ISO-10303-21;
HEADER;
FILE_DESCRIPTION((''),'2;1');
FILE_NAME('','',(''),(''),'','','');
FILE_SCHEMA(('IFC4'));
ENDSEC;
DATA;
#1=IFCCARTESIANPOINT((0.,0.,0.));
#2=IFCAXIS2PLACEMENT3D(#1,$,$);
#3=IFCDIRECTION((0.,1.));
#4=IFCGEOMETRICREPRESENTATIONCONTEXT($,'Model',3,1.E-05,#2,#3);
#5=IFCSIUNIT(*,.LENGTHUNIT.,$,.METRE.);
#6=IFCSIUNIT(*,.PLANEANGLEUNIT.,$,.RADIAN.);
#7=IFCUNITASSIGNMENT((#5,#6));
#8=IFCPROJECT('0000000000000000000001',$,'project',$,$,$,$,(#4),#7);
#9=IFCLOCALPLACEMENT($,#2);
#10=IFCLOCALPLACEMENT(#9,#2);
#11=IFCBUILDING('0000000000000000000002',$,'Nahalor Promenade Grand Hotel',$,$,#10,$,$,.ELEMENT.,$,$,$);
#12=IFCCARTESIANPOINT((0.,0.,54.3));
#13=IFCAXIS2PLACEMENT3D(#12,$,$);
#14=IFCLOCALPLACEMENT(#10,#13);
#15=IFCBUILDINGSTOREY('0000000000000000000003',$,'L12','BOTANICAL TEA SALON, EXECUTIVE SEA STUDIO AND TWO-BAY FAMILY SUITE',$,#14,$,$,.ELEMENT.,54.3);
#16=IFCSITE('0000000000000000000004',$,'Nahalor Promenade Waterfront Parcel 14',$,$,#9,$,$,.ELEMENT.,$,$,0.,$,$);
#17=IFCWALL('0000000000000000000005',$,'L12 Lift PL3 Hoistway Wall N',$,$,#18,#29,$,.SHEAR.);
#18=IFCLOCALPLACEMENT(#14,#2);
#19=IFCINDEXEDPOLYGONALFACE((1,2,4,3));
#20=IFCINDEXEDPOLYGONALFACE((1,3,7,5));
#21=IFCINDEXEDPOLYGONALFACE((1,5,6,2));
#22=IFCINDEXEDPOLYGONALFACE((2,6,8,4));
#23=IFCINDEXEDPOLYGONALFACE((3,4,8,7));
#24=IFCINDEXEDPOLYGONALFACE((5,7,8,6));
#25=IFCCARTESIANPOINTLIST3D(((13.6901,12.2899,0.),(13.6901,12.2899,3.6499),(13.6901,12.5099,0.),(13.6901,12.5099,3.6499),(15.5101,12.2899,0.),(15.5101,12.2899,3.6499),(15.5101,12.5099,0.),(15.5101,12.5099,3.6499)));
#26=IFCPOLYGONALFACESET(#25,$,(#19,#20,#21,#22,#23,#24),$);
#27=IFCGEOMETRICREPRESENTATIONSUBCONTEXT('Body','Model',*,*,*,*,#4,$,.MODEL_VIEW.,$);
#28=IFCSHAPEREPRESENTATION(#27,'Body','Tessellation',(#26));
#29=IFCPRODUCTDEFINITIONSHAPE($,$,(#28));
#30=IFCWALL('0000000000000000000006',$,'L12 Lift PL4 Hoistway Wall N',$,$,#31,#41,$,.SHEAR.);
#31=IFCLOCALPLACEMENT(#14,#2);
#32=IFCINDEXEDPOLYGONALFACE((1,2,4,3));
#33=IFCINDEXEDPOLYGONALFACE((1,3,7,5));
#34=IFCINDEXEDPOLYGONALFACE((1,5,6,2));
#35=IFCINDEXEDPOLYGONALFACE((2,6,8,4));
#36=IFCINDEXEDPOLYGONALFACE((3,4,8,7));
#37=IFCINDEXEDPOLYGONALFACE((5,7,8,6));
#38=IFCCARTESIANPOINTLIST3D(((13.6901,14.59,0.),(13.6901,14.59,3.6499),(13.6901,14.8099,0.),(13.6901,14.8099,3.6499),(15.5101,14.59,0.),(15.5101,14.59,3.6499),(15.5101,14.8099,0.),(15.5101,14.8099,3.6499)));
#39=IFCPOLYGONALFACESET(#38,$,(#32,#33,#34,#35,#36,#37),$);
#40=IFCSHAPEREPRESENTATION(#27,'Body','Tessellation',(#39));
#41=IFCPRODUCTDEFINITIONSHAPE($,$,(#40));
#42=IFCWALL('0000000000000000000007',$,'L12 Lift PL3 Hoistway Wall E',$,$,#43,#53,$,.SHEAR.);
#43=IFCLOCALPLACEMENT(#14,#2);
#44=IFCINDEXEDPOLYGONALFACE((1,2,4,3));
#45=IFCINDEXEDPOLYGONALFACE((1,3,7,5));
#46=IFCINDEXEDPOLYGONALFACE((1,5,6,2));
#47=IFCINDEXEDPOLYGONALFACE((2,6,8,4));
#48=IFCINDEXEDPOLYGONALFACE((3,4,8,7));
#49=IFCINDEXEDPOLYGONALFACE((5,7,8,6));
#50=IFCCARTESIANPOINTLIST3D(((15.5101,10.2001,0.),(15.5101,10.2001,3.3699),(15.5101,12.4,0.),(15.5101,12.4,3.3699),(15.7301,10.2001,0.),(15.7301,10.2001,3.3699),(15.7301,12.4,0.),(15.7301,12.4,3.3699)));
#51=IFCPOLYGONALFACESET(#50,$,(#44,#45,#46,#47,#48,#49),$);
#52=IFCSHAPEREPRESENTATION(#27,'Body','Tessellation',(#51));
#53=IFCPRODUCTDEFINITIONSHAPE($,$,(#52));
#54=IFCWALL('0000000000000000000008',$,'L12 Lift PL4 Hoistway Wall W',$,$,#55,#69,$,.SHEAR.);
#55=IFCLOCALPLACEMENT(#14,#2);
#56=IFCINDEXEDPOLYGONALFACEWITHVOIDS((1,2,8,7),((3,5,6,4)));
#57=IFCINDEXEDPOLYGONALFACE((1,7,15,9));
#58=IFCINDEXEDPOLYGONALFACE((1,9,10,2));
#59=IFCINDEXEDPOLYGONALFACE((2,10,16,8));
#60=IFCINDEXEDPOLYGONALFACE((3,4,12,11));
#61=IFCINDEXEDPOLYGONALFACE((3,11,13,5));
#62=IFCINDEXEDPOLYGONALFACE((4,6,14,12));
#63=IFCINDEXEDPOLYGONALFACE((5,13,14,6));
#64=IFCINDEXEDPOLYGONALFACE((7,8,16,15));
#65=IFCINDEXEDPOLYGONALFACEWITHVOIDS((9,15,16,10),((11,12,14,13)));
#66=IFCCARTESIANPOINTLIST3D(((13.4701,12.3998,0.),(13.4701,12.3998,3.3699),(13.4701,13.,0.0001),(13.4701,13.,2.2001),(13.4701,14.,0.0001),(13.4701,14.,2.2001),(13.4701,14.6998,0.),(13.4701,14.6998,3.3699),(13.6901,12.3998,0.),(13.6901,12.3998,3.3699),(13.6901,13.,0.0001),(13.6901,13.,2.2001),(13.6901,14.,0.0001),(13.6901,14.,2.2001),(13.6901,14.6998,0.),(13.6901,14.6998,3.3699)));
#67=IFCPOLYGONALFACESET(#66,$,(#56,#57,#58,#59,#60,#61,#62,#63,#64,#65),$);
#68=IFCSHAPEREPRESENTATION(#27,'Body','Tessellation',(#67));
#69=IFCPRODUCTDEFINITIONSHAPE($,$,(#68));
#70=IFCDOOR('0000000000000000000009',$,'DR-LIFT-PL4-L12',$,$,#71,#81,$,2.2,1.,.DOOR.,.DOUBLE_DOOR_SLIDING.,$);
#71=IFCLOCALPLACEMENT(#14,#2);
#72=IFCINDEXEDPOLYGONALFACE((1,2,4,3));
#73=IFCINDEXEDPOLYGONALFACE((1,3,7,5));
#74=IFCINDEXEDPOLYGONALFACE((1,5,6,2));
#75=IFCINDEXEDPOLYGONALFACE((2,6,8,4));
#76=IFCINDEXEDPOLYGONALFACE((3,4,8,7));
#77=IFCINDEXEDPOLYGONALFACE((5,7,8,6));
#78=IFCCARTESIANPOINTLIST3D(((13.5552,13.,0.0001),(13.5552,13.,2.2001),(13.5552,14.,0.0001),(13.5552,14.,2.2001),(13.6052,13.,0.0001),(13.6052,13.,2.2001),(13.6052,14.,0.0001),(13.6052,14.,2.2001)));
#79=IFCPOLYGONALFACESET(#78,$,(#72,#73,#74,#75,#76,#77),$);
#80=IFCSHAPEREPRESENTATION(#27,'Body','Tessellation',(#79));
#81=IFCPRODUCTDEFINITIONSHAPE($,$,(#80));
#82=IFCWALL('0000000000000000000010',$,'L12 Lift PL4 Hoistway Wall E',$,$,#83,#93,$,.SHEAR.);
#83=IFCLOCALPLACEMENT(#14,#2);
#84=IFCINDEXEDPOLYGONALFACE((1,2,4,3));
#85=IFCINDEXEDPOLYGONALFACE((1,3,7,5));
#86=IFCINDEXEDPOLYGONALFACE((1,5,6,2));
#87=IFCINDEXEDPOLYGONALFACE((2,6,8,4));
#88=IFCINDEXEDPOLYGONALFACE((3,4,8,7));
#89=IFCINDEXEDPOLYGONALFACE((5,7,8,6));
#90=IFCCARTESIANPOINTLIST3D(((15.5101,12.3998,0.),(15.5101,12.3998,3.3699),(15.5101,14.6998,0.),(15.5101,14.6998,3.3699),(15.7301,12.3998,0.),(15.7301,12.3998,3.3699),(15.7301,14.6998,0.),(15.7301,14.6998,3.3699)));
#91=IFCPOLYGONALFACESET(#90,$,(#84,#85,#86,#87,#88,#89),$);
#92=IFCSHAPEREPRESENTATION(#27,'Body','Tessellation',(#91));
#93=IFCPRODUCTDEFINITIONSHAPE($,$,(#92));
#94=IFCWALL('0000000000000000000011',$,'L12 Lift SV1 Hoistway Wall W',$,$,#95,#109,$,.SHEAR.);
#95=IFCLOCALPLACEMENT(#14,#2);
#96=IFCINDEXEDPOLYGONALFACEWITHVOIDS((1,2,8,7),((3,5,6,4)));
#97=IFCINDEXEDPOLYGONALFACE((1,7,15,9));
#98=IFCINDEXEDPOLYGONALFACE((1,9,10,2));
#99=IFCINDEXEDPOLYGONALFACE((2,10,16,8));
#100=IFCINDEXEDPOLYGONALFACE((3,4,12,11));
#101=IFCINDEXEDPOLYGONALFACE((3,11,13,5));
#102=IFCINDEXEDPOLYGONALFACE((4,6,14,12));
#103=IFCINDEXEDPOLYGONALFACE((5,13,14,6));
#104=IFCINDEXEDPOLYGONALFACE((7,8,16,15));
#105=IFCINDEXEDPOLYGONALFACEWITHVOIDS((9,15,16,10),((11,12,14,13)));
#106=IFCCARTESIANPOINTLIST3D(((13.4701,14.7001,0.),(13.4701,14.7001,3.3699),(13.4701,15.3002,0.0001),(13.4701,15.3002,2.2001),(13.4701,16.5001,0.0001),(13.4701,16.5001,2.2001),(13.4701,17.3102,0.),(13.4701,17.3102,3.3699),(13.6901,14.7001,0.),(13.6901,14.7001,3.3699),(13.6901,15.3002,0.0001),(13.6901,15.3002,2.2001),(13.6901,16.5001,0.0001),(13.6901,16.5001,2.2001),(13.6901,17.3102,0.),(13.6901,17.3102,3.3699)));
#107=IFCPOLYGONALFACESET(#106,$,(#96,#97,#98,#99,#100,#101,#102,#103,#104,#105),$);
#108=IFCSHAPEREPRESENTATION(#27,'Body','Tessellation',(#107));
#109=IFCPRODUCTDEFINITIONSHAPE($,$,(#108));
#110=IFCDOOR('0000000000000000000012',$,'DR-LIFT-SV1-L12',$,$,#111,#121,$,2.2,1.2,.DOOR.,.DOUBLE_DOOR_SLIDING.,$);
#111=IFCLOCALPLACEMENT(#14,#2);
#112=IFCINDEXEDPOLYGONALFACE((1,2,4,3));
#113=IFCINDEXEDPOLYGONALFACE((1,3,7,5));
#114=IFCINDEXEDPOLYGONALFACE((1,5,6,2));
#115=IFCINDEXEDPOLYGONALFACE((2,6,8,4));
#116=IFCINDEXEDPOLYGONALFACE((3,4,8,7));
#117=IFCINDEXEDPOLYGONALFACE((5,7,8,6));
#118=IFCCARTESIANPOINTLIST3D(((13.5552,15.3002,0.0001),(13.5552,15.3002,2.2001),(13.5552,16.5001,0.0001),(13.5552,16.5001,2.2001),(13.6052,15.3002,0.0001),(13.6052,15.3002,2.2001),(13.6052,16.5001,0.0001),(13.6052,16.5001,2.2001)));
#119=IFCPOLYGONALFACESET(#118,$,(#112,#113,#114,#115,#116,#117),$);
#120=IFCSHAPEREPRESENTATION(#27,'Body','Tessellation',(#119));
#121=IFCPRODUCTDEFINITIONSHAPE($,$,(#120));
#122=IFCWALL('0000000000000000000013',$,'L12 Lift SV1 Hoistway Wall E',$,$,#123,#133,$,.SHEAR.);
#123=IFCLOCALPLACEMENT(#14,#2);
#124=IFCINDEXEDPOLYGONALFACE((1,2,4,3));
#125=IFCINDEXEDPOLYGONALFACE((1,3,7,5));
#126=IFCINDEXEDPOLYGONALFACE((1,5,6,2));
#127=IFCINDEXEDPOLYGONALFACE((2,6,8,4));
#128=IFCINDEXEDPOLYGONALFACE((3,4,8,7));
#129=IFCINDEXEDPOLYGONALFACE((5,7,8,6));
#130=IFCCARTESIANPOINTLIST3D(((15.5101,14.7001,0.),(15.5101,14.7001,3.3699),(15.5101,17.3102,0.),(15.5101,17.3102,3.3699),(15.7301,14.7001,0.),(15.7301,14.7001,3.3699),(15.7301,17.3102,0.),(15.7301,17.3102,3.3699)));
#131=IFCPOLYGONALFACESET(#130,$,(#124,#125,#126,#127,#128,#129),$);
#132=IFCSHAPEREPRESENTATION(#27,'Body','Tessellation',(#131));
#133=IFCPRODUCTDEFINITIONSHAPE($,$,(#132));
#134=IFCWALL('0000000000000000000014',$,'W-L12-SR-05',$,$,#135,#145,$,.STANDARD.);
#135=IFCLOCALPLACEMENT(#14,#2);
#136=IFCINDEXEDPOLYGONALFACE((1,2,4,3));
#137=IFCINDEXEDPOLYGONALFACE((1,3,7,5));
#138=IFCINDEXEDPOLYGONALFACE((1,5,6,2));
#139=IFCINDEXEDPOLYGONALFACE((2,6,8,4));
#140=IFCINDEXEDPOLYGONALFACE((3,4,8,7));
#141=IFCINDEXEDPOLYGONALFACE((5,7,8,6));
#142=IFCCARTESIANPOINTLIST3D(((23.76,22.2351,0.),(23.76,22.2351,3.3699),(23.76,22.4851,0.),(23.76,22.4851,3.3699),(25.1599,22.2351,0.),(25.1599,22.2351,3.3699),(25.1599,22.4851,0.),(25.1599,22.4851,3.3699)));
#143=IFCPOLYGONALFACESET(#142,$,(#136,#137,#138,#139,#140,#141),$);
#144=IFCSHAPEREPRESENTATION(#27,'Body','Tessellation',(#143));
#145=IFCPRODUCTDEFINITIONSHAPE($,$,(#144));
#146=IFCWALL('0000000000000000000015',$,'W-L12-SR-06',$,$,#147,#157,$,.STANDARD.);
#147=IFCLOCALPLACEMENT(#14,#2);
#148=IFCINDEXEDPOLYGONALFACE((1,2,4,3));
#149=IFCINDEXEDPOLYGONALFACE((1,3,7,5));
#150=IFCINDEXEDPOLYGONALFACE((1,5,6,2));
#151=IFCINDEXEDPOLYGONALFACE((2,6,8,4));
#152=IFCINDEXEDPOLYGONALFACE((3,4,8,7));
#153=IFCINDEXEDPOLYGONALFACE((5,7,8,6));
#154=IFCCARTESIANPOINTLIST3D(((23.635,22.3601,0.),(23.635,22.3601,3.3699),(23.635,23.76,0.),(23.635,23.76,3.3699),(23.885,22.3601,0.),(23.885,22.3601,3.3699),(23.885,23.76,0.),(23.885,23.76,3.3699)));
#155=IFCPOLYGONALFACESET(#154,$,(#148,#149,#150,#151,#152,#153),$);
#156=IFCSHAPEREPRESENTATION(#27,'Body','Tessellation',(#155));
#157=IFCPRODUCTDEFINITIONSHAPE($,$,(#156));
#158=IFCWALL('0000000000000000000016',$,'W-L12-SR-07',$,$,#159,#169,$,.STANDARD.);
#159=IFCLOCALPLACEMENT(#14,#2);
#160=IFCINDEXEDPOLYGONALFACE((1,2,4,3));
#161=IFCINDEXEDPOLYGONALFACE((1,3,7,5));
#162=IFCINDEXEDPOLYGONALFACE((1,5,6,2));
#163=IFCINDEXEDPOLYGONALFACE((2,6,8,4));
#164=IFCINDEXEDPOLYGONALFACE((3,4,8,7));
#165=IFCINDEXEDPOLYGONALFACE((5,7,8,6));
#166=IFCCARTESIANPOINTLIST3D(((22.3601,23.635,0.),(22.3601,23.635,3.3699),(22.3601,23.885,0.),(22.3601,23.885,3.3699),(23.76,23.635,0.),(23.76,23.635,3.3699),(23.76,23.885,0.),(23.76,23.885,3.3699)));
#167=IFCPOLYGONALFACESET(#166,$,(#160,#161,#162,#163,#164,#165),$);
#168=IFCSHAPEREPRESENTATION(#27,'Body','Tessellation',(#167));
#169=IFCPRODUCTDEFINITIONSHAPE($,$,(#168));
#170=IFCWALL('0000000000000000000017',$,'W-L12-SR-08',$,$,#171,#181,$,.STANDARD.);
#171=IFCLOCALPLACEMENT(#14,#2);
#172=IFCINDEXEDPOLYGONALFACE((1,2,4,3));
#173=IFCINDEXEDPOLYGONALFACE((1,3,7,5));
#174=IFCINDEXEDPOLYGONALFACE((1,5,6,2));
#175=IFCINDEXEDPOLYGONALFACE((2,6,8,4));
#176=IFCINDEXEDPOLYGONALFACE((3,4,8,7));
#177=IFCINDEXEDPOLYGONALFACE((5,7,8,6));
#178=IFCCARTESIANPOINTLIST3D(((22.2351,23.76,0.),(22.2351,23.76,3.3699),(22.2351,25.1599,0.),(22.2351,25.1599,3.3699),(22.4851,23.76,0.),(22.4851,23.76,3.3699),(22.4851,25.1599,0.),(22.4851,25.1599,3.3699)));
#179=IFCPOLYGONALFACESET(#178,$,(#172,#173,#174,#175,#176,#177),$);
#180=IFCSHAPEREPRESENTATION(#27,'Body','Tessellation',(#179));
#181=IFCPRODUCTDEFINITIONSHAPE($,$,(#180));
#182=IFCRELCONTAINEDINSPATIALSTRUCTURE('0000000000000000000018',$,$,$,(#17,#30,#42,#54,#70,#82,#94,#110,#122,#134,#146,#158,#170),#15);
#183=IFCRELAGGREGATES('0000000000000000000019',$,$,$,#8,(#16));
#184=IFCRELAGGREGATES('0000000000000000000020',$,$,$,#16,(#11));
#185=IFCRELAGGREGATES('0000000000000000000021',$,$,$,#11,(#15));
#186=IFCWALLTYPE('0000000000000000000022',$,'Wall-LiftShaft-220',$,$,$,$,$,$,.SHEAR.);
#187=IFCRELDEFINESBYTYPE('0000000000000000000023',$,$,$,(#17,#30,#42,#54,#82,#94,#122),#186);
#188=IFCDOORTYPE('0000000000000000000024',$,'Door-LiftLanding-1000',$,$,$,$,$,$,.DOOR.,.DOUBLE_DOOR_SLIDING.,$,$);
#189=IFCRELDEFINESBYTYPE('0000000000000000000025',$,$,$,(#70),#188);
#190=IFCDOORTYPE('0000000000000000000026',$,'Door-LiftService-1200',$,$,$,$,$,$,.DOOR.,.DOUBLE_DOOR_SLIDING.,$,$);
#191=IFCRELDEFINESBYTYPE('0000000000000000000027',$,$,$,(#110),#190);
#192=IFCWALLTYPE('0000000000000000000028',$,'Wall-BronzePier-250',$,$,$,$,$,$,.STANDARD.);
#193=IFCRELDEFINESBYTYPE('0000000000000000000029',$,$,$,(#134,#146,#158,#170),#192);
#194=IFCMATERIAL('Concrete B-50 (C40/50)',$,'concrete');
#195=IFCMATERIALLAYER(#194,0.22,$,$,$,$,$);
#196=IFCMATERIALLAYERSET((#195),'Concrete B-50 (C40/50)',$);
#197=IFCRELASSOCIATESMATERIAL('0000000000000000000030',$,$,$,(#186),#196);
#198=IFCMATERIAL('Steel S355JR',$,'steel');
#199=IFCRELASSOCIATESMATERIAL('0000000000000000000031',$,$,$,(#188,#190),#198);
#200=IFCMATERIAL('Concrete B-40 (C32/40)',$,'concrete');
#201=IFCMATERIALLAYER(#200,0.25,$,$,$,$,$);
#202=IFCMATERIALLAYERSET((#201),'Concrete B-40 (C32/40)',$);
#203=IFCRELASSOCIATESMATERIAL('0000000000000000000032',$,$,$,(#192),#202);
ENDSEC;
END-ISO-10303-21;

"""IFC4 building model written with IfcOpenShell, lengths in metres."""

from ifc_helpers import new_model, si_unit, direction, frame, frame_2d, origin, place, context, subcontext, project, spatial, rectangle, extrude, source, transform, mapped, material, layer, layer_set, type_object, element, fill, save


model = new_model("IFC4")

# Units and contexts
model_context = context("Model", 3, precision=1e-05, world=origin(), true_north=direction((0.0, 1.0)))
body_context = subcontext(model_context, "Body", "Model", "MODEL_VIEW")
ifc_project = project(units=[si_unit("LENGTHUNIT", "METRE"), si_unit("PLANEANGLEUNIT", "RADIAN")], contexts=[model_context])

# Site, building, storey
site_placement = place(None, origin())
site = spatial("IfcSite", under=ifc_project, at=site_placement, Name="Nahalor Promenade Waterfront Parcel 14", CompositionType="ELEMENT", RefElevation=0.0)
building_placement = place(site_placement, origin())
building = spatial("IfcBuilding", under=site, at=building_placement, Name="Nahalor Promenade Grand Hotel", CompositionType="ELEMENT")
storey_placement = place(building_placement, frame((0.0, 0.0, 54.3)))
storey = spatial("IfcBuildingStorey", under=building, at=storey_placement, Name="L12", Description="BOTANICAL TEA SALON, EXECUTIVE SEA STUDIO AND TWO-BAY FAMILY SUITE", CompositionType="ELEMENT", Elevation=54.3)

# Shared definitions
ifc_material_1 = material(Name="Steel S355JR", Category="steel")

# Walls
ifc_material_2 = material(Name="Concrete B-50 (C40/50)", Category="concrete")
ifc_layer_1 = layer(ifc_material_2, 0.22)
ifc_layer_set_1 = layer_set([ifc_layer_1], Name="Concrete B-50 (C40/50)")
wall_type_1 = type_object("IfcWallType", Name="Wall-LiftShaft-220", PredefinedType="SHEAR", material=ifc_layer_set_1)
shared_shape_1 = source(origin(), body_context, "Body", "SweptSolid", [
    extrude(rectangle(XDim=1.8201, YDim=0.22, at=frame_2d((0.9102, 0.0))), origin(), (0.0, 0.0, 1.0), 3.6499),
])
for number, where, z_axis, x_axis, name in (
    (1, (13.6899, 12.3999, 0.0), (0.0, 0.0, 1.0), (1.0, 0.0, 0.0), "L12 Lift PL3 Hoistway Wall N"),
    (2, (13.6899, 14.7, 0.0), (0.0, 0.0, 1.0), (1.0, 0.0, 0.0), "L12 Lift PL4 Hoistway Wall N"),
):
    element("IfcWall", number, at=place(storey_placement, frame(where, z_axis=z_axis, x_axis=x_axis)), inside=storey, type_object=wall_type_1, Name=name, PredefinedType="SHEAR", context=body_context, shape_type="MappedRepresentation", body=[
        mapped(shared_shape_1, transform((0.0, 0.0, 0.0), scale=1.0)),
    ])
shared_shape_2 = source(origin(), body_context, "Body", "SweptSolid", [
    extrude(rectangle(XDim=2.2, YDim=0.22, at=frame_2d((1.1001, 0.0))), origin(), (0.0, 0.0, 1.0), 3.3699),
])
wall_1_placement = place(storey_placement, frame((15.6201, 10.2, 0.0), z_axis=(0.0, 0.0, 1.0), x_axis=(0.0, 1.0, 0.0)))
element("IfcWall", 3, at=wall_1_placement, inside=storey, type_object=wall_type_1, Name="L12 Lift PL3 Hoistway Wall E", PredefinedType="SHEAR", context=body_context, shape_type="MappedRepresentation", body=[
    mapped(shared_shape_2, transform((0.0, 0.0, 0.0), scale=1.0)),
])

# Wall, opening, door
shared_shape_3 = source(origin(), body_context, "Body", "SweptSolid", [
    extrude(rectangle(XDim=2.3, YDim=0.22, at=frame_2d((1.1499, 0.0))), origin(), (0.0, 0.0, 1.0), 3.3699),
])
wall_2_placement = place(storey_placement, frame((13.5801, 12.3999, 0.0), z_axis=(0.0, 0.0, 1.0), x_axis=(0.0, 1.0, 0.0)))
wall_2 = element("IfcWall", 4, at=wall_2_placement, inside=storey, type_object=wall_type_1, Name="L12 Lift PL4 Hoistway Wall W", PredefinedType="SHEAR", context=body_context, shape_type="MappedRepresentation", body=[
    mapped(shared_shape_3, transform((0.0, 0.0, 0.0), scale=1.0)),
])
opening_1_placement = place(wall_2_placement, frame((0.6001, 0.0, 0.0)))
opening_1 = element("IfcOpeningElement", 5, at=opening_1_placement, cuts=wall_2, PredefinedType="OPENING", context=body_context, shape_type="SweptSolid", body=[
    extrude(rectangle(XDim=1.0, YDim=2.2, at=frame_2d((0.5, 1.1001))), frame((0.0, 0.1199, 0.0), z_axis=(0.0, -1.0, 0.0), x_axis=(1.0, 0.0, 0.0)), (0.0, 0.0, 1.0), 0.24),
])
door_type_1 = type_object("IfcDoorType", Name="Door-LiftLanding-1000", OperationType="DOUBLE_DOOR_SLIDING", PredefinedType="DOOR", material=ifc_material_1)
shared_shape_4 = source(origin(), body_context, "Body", "SweptSolid", [
    extrude(rectangle(XDim=1.0, YDim=2.2, at=frame_2d((0.5, 1.1001))), frame((0.0, 0.0249, 0.0), z_axis=(0.0, -1.0, 0.0), x_axis=(1.0, 0.0, 0.0)), (0.0, 0.0, 1.0), 0.05),
])
door_1_placement = place(opening_1_placement, origin())
door_1 = element("IfcDoor", 6, at=door_1_placement, inside=storey, type_object=door_type_1, Name="DR-LIFT-PL4-L12", OperationType="DOUBLE_DOOR_SLIDING", OverallHeight=2.2, OverallWidth=1.0, PredefinedType="DOOR", context=body_context, shape_type="MappedRepresentation", body=[
    mapped(shared_shape_4, transform((0.0, 0.0, 0.0), scale=1.0)),
])
fill(opening_1, door_1)

# Wall
wall_3_placement = place(storey_placement, frame((15.6201, 12.3999, 0.0), z_axis=(0.0, 0.0, 1.0), x_axis=(0.0, 1.0, 0.0)))
element("IfcWall", 7, at=wall_3_placement, inside=storey, type_object=wall_type_1, Name="L12 Lift PL4 Hoistway Wall E", PredefinedType="SHEAR", context=body_context, shape_type="MappedRepresentation", body=[
    mapped(shared_shape_3, transform((0.0, 0.0, 0.0), scale=1.0)),
])

# Wall, opening, door
shared_shape_5 = source(origin(), body_context, "Body", "SweptSolid", [
    extrude(rectangle(XDim=2.6101, YDim=0.22, at=frame_2d((1.3052, 0.0))), origin(), (0.0, 0.0, 1.0), 3.3699),
])
wall_4_placement = place(storey_placement, frame((13.5801, 14.7, 0.0), z_axis=(0.0, 0.0, 1.0), x_axis=(0.0, 1.0, 0.0)))
wall_4 = element("IfcWall", 8, at=wall_4_placement, inside=storey, type_object=wall_type_1, Name="L12 Lift SV1 Hoistway Wall W", PredefinedType="SHEAR", context=body_context, shape_type="MappedRepresentation", body=[
    mapped(shared_shape_5, transform((0.0, 0.0, 0.0), scale=1.0)),
])
opening_2_placement = place(wall_4_placement, frame((0.6001, 0.0, 0.0)))
opening_2 = element("IfcOpeningElement", 9, at=opening_2_placement, cuts=wall_4, PredefinedType="OPENING", context=body_context, shape_type="SweptSolid", body=[
    extrude(rectangle(XDim=1.2, YDim=2.2, at=frame_2d((0.6001, 1.1001))), frame((0.0, 0.1199, 0.0), z_axis=(0.0, -1.0, 0.0), x_axis=(1.0, 0.0, 0.0)), (0.0, 0.0, 1.0), 0.24),
])
door_type_2 = type_object("IfcDoorType", Name="Door-LiftService-1200", OperationType="DOUBLE_DOOR_SLIDING", PredefinedType="DOOR", material=ifc_material_1)
shared_shape_6 = source(origin(), body_context, "Body", "SweptSolid", [
    extrude(rectangle(XDim=1.2, YDim=2.2, at=frame_2d((0.6001, 1.1001))), frame((0.0, 0.0249, 0.0), z_axis=(0.0, -1.0, 0.0), x_axis=(1.0, 0.0, 0.0)), (0.0, 0.0, 1.0), 0.05),
])
door_2_placement = place(opening_2_placement, origin())
door_2 = element("IfcDoor", 10, at=door_2_placement, inside=storey, type_object=door_type_2, Name="DR-LIFT-SV1-L12", OperationType="DOUBLE_DOOR_SLIDING", OverallHeight=2.2, OverallWidth=1.2, PredefinedType="DOOR", context=body_context, shape_type="MappedRepresentation", body=[
    mapped(shared_shape_6, transform((0.0, 0.0, 0.0), scale=1.0)),
])
fill(opening_2, door_2)

# Walls
wall_5_placement = place(storey_placement, frame((15.6201, 14.7, 0.0), z_axis=(0.0, 0.0, 1.0), x_axis=(0.0, 1.0, 0.0)))
element("IfcWall", 11, at=wall_5_placement, inside=storey, type_object=wall_type_1, Name="L12 Lift SV1 Hoistway Wall E", PredefinedType="SHEAR", context=body_context, shape_type="MappedRepresentation", body=[
    mapped(shared_shape_5, transform((0.0, 0.0, 0.0), scale=1.0)),
])
ifc_material_3 = material(Name="Concrete B-40 (C32/40)", Category="concrete")
ifc_layer_2 = layer(ifc_material_3, 0.25)
ifc_layer_set_2 = layer_set([ifc_layer_2], Name="Concrete B-40 (C32/40)")
wall_type_2 = type_object("IfcWallType", Name="Wall-BronzePier-250", PredefinedType="STANDARD", material=ifc_layer_set_2)
shared_shape_7 = source(origin(), body_context, "Body", "SweptSolid", [
    extrude(rectangle(XDim=1.3999, YDim=0.25, at=frame_2d((0.7, 0.0))), origin(), (0.0, 0.0, 1.0), 3.3699),
])
for number, where, z_axis, x_axis, name in (
    (12, (23.76, 22.3601, 0.0), (0.0, 0.0, 1.0), (1.0, 0.0, 0.0), "W-L12-SR-05"),
    (13, (23.76, 22.3601, 0.0), (0.0, 0.0, 1.0), (0.0, 1.0, 0.0), "W-L12-SR-06"),
    (14, (22.3601, 23.76, 0.0), (0.0, 0.0, 1.0), (1.0, 0.0, 0.0), "W-L12-SR-07"),
    (15, (22.3601, 23.76, 0.0), (0.0, 0.0, 1.0), (0.0, 1.0, 0.0), "W-L12-SR-08"),
):
    element("IfcWall", number, at=place(storey_placement, frame(where, z_axis=z_axis, x_axis=x_axis)), inside=storey, type_object=wall_type_2, Name=name, PredefinedType="STANDARD", context=body_context, shape_type="MappedRepresentation", body=[
        mapped(shared_shape_7, transform((0.0, 0.0, 0.0), scale=1.0)),
    ])

save(model, "model.ifc")
